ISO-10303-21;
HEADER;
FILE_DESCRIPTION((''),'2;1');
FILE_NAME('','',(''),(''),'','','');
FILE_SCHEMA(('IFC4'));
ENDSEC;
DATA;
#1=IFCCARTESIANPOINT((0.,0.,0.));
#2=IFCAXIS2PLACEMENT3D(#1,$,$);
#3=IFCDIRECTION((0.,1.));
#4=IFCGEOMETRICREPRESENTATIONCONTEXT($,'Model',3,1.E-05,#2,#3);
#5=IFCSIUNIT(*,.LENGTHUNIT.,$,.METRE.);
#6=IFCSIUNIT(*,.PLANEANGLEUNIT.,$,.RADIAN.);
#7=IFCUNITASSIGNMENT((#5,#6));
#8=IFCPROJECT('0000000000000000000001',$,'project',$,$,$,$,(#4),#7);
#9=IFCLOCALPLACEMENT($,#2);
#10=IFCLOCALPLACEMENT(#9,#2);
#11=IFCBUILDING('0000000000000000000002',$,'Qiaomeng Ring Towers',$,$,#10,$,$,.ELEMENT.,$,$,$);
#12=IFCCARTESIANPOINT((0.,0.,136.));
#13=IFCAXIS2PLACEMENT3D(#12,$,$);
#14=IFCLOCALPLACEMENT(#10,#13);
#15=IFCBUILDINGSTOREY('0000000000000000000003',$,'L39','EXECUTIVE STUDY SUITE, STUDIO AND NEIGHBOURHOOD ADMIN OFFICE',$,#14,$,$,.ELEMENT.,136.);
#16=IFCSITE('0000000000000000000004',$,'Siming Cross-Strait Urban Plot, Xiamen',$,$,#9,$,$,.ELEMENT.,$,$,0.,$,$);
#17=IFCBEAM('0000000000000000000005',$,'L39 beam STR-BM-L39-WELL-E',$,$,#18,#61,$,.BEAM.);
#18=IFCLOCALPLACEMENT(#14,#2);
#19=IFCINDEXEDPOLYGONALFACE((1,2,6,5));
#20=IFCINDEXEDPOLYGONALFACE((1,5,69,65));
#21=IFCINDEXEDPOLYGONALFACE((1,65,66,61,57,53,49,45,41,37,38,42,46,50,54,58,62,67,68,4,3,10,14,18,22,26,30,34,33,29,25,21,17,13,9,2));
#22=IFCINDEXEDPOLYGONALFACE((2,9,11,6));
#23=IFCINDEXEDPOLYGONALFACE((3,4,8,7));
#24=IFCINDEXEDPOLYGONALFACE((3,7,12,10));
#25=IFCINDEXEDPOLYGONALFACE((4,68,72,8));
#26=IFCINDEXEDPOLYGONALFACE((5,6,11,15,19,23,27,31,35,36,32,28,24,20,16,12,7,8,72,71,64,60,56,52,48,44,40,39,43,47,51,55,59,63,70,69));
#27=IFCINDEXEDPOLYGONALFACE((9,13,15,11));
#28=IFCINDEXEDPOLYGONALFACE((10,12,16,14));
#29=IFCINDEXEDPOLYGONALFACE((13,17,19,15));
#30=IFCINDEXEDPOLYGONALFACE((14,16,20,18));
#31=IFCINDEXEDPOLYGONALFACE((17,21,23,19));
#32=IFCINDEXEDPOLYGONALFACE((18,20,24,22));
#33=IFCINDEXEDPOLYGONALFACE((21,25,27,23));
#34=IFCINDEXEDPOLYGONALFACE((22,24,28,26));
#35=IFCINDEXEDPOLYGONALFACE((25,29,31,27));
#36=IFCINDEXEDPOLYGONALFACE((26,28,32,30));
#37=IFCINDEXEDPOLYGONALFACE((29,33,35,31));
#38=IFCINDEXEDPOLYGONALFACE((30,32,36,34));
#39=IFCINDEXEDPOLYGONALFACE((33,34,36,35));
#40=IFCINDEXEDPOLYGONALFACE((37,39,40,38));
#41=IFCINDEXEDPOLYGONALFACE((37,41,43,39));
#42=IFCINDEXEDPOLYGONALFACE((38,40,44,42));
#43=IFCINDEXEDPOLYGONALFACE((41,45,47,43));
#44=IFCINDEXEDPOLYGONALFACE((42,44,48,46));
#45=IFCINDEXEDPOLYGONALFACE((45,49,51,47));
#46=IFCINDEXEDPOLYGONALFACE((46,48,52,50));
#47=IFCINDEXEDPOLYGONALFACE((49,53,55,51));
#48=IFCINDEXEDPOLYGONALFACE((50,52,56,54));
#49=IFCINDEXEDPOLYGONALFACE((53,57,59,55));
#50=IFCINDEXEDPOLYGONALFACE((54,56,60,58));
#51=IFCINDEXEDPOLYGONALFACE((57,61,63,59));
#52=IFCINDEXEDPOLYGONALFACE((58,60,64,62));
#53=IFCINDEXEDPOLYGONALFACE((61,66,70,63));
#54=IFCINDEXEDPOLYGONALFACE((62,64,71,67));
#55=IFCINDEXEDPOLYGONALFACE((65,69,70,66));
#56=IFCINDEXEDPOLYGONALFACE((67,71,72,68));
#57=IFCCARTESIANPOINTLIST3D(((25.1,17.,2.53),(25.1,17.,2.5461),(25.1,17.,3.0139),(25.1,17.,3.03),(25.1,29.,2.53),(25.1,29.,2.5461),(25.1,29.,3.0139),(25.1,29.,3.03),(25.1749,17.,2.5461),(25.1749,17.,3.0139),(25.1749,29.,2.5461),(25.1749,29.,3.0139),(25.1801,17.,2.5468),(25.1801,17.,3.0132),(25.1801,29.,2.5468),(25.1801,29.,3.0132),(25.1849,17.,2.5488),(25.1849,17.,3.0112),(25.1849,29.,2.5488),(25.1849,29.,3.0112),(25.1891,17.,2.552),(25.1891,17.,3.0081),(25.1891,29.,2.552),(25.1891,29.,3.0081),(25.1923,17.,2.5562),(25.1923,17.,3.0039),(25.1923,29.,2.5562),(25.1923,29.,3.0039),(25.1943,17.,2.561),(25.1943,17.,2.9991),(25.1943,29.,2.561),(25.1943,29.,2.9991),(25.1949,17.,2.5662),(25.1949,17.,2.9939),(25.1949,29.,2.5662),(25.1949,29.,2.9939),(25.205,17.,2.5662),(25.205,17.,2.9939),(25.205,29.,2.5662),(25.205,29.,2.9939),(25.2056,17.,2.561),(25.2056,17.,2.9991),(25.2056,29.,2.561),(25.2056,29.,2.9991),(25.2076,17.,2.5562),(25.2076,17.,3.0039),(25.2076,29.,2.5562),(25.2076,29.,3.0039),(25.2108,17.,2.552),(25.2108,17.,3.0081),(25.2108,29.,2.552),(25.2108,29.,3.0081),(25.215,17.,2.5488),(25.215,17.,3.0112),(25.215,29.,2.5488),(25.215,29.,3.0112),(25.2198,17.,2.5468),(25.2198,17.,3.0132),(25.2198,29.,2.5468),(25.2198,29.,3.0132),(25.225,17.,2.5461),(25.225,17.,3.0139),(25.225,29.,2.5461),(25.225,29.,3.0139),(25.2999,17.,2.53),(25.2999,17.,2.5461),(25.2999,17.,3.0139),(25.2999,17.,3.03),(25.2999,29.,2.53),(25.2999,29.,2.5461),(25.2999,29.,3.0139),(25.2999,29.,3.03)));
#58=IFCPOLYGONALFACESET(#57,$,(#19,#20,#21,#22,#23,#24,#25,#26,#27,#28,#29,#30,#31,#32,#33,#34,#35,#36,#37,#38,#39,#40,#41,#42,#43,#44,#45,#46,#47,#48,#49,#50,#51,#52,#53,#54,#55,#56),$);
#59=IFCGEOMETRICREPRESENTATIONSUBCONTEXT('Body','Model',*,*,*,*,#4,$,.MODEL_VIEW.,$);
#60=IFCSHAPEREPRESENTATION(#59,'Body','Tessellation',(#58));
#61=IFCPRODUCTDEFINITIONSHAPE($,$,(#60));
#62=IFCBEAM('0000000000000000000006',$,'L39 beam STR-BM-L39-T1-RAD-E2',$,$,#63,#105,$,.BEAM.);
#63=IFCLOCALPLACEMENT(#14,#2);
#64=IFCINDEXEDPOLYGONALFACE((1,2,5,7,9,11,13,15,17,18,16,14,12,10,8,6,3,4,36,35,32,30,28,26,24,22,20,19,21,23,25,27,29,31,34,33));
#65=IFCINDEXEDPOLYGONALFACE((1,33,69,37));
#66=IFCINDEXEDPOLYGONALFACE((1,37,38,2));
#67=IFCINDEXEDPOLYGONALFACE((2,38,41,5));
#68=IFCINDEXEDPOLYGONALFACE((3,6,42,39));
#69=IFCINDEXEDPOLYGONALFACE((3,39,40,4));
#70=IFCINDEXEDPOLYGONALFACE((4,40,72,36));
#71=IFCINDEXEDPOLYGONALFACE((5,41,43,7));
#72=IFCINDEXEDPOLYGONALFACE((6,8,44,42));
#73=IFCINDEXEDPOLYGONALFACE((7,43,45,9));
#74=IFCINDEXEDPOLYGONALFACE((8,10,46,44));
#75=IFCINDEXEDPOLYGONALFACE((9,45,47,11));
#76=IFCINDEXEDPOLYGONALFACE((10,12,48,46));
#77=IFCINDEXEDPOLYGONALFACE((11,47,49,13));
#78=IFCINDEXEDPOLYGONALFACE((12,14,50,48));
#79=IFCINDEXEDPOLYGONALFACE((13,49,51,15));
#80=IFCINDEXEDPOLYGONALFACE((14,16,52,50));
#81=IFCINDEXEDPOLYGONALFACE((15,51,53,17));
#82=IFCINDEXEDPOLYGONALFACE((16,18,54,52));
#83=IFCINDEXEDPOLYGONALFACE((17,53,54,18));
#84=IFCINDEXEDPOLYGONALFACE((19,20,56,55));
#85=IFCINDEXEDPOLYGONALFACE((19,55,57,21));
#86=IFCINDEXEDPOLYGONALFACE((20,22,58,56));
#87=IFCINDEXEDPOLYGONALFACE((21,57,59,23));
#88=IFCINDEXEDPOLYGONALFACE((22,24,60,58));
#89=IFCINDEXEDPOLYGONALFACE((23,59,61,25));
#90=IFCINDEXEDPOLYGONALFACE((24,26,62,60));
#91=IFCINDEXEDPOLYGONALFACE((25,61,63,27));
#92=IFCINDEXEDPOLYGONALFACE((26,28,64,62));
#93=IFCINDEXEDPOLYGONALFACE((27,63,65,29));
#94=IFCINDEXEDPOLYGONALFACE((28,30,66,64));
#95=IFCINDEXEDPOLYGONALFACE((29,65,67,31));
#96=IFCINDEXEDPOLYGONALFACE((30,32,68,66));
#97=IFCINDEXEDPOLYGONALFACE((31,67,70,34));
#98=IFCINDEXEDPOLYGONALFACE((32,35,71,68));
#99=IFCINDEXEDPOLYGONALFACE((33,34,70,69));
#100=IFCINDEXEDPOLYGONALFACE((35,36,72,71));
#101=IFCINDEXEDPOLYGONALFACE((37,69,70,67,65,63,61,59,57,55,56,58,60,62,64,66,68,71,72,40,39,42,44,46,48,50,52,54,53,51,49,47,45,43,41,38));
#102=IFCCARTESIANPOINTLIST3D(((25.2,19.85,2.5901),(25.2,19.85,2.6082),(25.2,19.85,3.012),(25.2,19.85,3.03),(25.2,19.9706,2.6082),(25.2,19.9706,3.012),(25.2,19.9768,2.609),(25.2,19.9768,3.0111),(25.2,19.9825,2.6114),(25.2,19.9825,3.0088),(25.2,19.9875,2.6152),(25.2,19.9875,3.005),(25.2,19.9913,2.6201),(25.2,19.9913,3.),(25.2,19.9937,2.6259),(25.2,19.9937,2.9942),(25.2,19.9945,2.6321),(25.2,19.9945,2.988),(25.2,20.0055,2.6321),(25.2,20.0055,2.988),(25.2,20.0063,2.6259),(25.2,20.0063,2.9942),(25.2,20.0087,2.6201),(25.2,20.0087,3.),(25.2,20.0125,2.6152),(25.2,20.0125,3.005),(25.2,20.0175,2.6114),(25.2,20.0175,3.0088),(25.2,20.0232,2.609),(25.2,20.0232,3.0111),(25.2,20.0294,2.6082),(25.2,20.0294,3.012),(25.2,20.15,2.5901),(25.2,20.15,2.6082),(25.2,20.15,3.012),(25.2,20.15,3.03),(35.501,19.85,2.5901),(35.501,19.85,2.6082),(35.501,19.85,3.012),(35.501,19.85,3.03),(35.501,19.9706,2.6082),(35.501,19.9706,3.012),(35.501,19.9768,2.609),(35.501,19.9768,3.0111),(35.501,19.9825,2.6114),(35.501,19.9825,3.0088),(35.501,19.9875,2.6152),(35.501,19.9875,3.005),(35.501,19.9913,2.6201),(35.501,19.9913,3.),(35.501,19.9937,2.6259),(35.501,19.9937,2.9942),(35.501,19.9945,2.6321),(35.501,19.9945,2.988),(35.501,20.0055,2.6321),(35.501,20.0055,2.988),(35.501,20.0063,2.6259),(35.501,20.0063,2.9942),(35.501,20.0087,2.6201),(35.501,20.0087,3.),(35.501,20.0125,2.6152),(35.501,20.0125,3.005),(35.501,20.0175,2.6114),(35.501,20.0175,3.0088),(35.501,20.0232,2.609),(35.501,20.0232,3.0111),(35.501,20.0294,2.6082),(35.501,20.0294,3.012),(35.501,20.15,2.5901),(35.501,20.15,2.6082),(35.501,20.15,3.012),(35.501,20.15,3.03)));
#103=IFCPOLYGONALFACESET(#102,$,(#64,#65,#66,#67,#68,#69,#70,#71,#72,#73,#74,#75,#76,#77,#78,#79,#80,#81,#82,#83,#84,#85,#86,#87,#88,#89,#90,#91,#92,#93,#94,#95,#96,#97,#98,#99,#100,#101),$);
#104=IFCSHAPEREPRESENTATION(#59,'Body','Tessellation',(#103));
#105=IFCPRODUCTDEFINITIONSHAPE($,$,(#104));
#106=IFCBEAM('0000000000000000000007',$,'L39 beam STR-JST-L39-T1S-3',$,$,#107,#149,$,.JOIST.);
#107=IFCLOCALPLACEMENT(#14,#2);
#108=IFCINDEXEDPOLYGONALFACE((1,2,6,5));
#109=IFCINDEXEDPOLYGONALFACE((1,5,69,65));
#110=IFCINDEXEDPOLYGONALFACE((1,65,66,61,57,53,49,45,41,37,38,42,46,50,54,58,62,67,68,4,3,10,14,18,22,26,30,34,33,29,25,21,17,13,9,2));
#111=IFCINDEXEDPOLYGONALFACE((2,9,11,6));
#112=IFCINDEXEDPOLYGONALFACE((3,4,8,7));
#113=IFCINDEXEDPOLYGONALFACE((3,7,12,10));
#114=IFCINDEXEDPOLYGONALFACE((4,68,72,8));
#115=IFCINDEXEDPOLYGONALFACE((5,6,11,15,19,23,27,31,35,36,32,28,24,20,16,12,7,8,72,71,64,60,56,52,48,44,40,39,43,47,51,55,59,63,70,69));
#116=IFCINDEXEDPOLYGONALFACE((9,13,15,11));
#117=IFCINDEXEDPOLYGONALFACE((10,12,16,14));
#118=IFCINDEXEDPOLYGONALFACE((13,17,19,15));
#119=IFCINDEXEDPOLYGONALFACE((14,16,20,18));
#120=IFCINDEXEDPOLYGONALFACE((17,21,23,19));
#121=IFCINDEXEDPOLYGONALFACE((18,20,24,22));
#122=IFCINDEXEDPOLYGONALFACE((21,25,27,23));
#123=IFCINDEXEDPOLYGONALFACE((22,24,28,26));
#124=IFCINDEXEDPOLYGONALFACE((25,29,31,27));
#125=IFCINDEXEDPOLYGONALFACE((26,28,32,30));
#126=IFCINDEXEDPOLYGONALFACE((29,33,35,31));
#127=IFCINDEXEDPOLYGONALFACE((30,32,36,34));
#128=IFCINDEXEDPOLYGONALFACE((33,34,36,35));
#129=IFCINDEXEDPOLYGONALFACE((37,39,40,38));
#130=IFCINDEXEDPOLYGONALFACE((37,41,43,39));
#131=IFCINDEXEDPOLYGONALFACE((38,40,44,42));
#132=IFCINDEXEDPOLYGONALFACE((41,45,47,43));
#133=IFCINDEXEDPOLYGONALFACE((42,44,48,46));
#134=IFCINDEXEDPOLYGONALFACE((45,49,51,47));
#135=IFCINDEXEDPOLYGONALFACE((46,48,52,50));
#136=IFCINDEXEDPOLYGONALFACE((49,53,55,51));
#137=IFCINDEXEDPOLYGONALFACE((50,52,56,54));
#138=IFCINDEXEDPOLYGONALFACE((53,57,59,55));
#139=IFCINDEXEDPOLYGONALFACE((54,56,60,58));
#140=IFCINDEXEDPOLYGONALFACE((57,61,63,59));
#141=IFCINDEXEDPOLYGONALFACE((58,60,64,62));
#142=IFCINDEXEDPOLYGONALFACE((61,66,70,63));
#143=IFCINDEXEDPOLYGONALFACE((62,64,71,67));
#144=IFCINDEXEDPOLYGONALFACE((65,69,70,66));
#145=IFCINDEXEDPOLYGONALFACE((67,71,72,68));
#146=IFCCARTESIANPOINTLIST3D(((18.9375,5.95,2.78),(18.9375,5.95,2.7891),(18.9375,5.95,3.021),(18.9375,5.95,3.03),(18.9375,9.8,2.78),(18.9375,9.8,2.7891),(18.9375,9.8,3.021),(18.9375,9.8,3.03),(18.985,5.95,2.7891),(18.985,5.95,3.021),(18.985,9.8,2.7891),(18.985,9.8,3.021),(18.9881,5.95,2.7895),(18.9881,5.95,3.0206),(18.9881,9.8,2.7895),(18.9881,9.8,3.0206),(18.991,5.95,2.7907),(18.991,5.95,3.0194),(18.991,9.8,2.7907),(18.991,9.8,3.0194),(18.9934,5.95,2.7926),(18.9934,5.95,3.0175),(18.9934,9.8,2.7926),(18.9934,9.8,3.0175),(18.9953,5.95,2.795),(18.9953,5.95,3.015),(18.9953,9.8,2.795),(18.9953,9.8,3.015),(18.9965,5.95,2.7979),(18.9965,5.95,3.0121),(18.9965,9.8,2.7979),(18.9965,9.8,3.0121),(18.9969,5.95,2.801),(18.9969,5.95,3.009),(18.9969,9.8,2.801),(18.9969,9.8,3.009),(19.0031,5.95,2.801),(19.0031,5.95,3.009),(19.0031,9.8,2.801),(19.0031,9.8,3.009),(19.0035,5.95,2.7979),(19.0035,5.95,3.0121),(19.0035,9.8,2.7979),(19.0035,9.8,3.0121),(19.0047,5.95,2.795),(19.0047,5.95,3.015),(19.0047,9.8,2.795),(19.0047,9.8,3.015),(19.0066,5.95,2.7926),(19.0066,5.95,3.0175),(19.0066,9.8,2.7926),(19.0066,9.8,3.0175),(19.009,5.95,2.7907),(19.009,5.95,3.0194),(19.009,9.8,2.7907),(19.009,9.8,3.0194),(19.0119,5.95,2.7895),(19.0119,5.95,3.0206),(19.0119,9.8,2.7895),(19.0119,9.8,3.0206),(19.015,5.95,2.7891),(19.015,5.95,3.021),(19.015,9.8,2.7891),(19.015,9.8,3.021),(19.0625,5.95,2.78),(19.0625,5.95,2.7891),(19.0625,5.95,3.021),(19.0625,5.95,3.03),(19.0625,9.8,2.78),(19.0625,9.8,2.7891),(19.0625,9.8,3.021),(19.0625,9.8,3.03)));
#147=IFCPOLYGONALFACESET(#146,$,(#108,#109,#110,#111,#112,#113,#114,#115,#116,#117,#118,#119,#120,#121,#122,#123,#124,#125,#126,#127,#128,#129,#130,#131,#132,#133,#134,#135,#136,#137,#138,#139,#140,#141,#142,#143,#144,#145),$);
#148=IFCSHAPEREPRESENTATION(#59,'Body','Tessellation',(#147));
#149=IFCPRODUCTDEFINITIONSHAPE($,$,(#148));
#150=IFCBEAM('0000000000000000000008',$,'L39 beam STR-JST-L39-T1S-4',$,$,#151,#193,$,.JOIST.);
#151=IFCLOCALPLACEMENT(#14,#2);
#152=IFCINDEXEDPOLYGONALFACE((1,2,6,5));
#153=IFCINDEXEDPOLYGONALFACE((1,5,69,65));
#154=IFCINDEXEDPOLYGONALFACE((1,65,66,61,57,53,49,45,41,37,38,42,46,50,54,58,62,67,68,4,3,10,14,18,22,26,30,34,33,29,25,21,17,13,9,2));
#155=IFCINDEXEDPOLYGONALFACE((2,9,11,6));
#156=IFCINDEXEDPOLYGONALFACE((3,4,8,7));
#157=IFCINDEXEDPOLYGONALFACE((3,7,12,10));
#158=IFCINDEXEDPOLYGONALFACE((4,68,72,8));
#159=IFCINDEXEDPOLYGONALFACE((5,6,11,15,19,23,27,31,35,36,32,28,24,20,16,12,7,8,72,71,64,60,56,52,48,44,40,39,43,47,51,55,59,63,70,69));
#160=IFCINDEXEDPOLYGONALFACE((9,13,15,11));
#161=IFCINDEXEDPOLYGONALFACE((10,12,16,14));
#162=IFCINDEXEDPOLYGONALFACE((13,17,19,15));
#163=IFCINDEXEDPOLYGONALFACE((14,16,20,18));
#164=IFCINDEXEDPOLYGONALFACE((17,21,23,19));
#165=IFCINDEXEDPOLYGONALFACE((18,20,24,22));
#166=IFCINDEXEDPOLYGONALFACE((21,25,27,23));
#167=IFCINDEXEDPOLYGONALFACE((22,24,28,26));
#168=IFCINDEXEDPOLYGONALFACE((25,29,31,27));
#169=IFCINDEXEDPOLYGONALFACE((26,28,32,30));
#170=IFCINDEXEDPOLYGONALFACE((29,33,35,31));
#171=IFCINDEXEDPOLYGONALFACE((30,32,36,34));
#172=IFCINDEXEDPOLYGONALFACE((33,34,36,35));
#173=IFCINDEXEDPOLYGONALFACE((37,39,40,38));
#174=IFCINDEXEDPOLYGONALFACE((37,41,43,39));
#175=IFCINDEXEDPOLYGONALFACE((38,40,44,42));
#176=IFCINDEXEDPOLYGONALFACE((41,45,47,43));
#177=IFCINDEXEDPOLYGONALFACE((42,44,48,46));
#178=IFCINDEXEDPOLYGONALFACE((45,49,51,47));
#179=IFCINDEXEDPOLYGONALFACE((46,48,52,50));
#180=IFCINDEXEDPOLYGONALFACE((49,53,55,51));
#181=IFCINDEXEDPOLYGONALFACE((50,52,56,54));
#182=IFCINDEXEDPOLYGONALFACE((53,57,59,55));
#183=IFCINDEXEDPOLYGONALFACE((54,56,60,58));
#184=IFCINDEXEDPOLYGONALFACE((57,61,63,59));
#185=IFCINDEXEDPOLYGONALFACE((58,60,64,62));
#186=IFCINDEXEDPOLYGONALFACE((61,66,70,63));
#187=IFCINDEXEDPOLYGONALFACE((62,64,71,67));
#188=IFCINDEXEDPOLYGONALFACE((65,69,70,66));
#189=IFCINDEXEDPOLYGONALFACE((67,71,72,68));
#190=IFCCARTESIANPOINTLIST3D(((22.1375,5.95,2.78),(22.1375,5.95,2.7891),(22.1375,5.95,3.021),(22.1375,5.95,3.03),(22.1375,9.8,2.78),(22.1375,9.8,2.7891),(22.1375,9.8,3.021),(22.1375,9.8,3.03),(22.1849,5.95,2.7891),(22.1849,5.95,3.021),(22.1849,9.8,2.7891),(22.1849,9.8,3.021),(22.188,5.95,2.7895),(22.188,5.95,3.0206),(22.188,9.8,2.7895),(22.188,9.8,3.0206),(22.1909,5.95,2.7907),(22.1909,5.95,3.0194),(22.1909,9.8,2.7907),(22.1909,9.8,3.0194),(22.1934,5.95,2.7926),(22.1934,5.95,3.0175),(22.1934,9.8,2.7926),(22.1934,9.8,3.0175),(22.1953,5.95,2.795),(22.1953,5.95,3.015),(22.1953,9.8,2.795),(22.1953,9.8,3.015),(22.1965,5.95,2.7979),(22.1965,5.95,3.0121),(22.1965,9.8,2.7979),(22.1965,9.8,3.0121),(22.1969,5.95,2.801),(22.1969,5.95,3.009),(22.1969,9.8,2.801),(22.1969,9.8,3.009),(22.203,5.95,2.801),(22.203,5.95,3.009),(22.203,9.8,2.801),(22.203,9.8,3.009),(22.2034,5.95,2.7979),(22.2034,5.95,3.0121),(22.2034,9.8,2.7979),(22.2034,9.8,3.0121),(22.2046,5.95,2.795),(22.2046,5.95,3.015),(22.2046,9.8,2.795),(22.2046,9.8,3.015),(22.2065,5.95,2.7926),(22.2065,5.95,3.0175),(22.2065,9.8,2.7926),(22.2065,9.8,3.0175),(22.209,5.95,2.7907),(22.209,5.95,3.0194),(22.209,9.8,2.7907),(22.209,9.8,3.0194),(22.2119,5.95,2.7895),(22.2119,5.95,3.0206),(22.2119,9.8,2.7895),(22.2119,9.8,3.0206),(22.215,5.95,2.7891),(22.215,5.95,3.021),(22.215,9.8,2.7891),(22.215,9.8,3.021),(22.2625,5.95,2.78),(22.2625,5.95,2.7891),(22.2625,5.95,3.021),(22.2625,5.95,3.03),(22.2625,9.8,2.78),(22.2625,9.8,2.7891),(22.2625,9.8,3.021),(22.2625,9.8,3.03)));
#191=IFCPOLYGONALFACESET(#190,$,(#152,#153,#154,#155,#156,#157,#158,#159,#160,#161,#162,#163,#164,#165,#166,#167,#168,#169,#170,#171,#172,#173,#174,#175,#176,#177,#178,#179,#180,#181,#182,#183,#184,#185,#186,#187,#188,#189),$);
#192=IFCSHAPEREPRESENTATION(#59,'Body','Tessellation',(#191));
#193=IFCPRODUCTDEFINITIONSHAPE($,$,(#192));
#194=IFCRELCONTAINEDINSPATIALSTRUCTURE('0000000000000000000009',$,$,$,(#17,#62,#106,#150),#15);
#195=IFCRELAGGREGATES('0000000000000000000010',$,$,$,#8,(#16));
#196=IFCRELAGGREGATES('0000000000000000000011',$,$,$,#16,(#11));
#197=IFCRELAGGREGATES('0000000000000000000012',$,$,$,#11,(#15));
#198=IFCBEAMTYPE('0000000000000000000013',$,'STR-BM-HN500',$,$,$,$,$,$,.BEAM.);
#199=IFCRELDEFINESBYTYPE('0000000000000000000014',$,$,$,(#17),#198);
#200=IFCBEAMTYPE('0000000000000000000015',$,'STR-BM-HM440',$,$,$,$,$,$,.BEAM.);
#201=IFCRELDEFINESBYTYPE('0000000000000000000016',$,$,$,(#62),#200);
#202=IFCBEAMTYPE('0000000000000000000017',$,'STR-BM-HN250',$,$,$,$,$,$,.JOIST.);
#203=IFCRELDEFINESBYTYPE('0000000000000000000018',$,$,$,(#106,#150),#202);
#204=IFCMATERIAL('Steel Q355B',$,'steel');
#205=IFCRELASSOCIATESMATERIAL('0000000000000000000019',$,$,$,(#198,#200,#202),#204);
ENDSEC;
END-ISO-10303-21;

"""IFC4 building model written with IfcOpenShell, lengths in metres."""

from ifc_helpers import new_model, si_unit, direction, frame, origin, origin_2d, place, context, subcontext, project, spatial, i_section, extrude, source, transform, mapped, material, material_profile, profile_set, type_object, element, save


model = new_model("IFC4")

# Units and contexts
model_context = context("Model", 3, precision=1e-05, world=origin(), true_north=direction((0.0, 1.0)))
body_context = subcontext(model_context, "Body", "Model", "MODEL_VIEW")
ifc_project = project(units=[si_unit("LENGTHUNIT", "METRE"), si_unit("PLANEANGLEUNIT", "RADIAN")], contexts=[model_context])

# Site, building, storey
site_placement = place(None, origin())
site = spatial("IfcSite", under=ifc_project, at=site_placement, Name="Siming Cross-Strait Urban Plot, Xiamen", CompositionType="ELEMENT", RefElevation=0.0)
building_placement = place(site_placement, origin())
building = spatial("IfcBuilding", under=site, at=building_placement, Name="Qiaomeng Ring Towers", CompositionType="ELEMENT")
storey_placement = place(building_placement, frame((0.0, 0.0, 136.0)))
storey = spatial("IfcBuildingStorey", under=building, at=storey_placement, Name="L39", Description="EXECUTIVE STUDY SUITE, STUDIO AND NEIGHBOURHOOD ADMIN OFFICE", CompositionType="ELEMENT", Elevation=136.0)

# Beams
ifc_material_1 = material(Name="Steel Q355B", Category="steel")
ifc_material_profile_1 = material_profile(ifc_material_1, i_section(OverallWidth=0.2, OverallDepth=0.5, WebThickness=0.01, FlangeThickness=0.0161, FilletRadius=0.02, at=origin_2d()), Name="HN 500x200x10x16")
ifc_profile_set_1 = profile_set([ifc_material_profile_1], Name="Steel Q355B")
beam_type_1 = type_object("IfcBeamType", Name="STR-BM-HN500", PredefinedType="BEAM", material=ifc_profile_set_1)
shared_shape_1 = source(origin(), body_context, "Body", "SweptSolid", [
    extrude(i_section(OverallWidth=0.2, OverallDepth=0.5, WebThickness=0.01, FlangeThickness=0.0161, FilletRadius=0.02, at=origin_2d()), origin(), (0.0, 0.0, 1.0), 12.0),
])
beam_1_placement = place(storey_placement, frame((25.2, 17.0, 2.78), z_axis=(0.0, 1.0, 0.0), x_axis=(-1.0, 0.0, 0.0)))
element("IfcBeam", 1, at=beam_1_placement, inside=storey, type_object=beam_type_1, Name="L39 beam STR-BM-L39-WELL-E", PredefinedType="BEAM", context=body_context, shape_type="MappedRepresentation", body=[
    mapped(shared_shape_1, transform((0.0, 0.0, 0.0), x_axis=(1.0, 0.0, 0.0), y_axis=(0.0, 1.0, 0.0), z_axis=(0.0, 0.0, 1.0), scale=1.0)),
])
ifc_material_profile_2 = material_profile(ifc_material_1, i_section(OverallWidth=0.3, OverallDepth=0.4399, WebThickness=0.011, FlangeThickness=0.0181, FilletRadius=0.0239, at=origin_2d()), Name="HM 440x300x11x18")
ifc_profile_set_2 = profile_set([ifc_material_profile_2], Name="Steel Q355B")
beam_type_2 = type_object("IfcBeamType", Name="STR-BM-HM440", PredefinedType="BEAM", material=ifc_profile_set_2)
shared_shape_2 = source(origin(), body_context, "Body", "SweptSolid", [
    extrude(i_section(OverallWidth=0.3, OverallDepth=0.4399, WebThickness=0.011, FlangeThickness=0.0181, FilletRadius=0.0239, at=origin_2d()), origin(), (0.0, 0.0, 1.0), 10.301),
])
beam_2_placement = place(storey_placement, frame((25.2, 20.0, 2.8101), z_axis=(1.0, 0.0, 0.0), x_axis=(0.0, 1.0, 0.0)))
element("IfcBeam", 2, at=beam_2_placement, inside=storey, type_object=beam_type_2, Name="L39 beam STR-BM-L39-T1-RAD-E2", PredefinedType="BEAM", context=body_context, shape_type="MappedRepresentation", body=[
    mapped(shared_shape_2, transform((0.0, 0.0, 0.0), x_axis=(1.0, 0.0, 0.0), y_axis=(0.0, 1.0, 0.0), z_axis=(0.0, 0.0, 1.0), scale=1.0)),
])
ifc_material_profile_3 = material_profile(ifc_material_1, i_section(OverallWidth=0.125, OverallDepth=0.25, WebThickness=0.0061, FlangeThickness=0.009, FilletRadius=0.012, at=origin_2d()), Name="HN 250x125x6x9")
ifc_profile_set_3 = profile_set([ifc_material_profile_3], Name="Steel Q355B")
beam_type_3 = type_object("IfcBeamType", Name="STR-BM-HN250", PredefinedType="JOIST", material=ifc_profile_set_3)
shared_shape_3 = source(origin(), body_context, "Body", "SweptSolid", [
    extrude(i_section(OverallWidth=0.125, OverallDepth=0.25, WebThickness=0.0061, FlangeThickness=0.009, FilletRadius=0.012, at=origin_2d()), origin(), (0.0, 0.0, 1.0), 3.8501),
])
for number, where, z_axis, x_axis, name in (
    (3, (19.0, 5.95, 2.905), (0.0, 1.0, 0.0), (-1.0, 0.0, 0.0), "L39 beam STR-JST-L39-T1S-3"),
    (4, (22.2, 5.95, 2.905), (0.0, 1.0, 0.0), (-1.0, 0.0, 0.0), "L39 beam STR-JST-L39-T1S-4"),
):
    element("IfcBeam", number, at=place(storey_placement, frame(where, z_axis=z_axis, x_axis=x_axis)), inside=storey, type_object=beam_type_3, Name=name, PredefinedType="JOIST", context=body_context, shape_type="MappedRepresentation", body=[
        mapped(shared_shape_3, transform((0.0, 0.0, 0.0), x_axis=(1.0, 0.0, 0.0), y_axis=(0.0, 1.0, 0.0), z_axis=(0.0, 0.0, 1.0), scale=1.0)),
    ])

save(model, "model.ifc")
